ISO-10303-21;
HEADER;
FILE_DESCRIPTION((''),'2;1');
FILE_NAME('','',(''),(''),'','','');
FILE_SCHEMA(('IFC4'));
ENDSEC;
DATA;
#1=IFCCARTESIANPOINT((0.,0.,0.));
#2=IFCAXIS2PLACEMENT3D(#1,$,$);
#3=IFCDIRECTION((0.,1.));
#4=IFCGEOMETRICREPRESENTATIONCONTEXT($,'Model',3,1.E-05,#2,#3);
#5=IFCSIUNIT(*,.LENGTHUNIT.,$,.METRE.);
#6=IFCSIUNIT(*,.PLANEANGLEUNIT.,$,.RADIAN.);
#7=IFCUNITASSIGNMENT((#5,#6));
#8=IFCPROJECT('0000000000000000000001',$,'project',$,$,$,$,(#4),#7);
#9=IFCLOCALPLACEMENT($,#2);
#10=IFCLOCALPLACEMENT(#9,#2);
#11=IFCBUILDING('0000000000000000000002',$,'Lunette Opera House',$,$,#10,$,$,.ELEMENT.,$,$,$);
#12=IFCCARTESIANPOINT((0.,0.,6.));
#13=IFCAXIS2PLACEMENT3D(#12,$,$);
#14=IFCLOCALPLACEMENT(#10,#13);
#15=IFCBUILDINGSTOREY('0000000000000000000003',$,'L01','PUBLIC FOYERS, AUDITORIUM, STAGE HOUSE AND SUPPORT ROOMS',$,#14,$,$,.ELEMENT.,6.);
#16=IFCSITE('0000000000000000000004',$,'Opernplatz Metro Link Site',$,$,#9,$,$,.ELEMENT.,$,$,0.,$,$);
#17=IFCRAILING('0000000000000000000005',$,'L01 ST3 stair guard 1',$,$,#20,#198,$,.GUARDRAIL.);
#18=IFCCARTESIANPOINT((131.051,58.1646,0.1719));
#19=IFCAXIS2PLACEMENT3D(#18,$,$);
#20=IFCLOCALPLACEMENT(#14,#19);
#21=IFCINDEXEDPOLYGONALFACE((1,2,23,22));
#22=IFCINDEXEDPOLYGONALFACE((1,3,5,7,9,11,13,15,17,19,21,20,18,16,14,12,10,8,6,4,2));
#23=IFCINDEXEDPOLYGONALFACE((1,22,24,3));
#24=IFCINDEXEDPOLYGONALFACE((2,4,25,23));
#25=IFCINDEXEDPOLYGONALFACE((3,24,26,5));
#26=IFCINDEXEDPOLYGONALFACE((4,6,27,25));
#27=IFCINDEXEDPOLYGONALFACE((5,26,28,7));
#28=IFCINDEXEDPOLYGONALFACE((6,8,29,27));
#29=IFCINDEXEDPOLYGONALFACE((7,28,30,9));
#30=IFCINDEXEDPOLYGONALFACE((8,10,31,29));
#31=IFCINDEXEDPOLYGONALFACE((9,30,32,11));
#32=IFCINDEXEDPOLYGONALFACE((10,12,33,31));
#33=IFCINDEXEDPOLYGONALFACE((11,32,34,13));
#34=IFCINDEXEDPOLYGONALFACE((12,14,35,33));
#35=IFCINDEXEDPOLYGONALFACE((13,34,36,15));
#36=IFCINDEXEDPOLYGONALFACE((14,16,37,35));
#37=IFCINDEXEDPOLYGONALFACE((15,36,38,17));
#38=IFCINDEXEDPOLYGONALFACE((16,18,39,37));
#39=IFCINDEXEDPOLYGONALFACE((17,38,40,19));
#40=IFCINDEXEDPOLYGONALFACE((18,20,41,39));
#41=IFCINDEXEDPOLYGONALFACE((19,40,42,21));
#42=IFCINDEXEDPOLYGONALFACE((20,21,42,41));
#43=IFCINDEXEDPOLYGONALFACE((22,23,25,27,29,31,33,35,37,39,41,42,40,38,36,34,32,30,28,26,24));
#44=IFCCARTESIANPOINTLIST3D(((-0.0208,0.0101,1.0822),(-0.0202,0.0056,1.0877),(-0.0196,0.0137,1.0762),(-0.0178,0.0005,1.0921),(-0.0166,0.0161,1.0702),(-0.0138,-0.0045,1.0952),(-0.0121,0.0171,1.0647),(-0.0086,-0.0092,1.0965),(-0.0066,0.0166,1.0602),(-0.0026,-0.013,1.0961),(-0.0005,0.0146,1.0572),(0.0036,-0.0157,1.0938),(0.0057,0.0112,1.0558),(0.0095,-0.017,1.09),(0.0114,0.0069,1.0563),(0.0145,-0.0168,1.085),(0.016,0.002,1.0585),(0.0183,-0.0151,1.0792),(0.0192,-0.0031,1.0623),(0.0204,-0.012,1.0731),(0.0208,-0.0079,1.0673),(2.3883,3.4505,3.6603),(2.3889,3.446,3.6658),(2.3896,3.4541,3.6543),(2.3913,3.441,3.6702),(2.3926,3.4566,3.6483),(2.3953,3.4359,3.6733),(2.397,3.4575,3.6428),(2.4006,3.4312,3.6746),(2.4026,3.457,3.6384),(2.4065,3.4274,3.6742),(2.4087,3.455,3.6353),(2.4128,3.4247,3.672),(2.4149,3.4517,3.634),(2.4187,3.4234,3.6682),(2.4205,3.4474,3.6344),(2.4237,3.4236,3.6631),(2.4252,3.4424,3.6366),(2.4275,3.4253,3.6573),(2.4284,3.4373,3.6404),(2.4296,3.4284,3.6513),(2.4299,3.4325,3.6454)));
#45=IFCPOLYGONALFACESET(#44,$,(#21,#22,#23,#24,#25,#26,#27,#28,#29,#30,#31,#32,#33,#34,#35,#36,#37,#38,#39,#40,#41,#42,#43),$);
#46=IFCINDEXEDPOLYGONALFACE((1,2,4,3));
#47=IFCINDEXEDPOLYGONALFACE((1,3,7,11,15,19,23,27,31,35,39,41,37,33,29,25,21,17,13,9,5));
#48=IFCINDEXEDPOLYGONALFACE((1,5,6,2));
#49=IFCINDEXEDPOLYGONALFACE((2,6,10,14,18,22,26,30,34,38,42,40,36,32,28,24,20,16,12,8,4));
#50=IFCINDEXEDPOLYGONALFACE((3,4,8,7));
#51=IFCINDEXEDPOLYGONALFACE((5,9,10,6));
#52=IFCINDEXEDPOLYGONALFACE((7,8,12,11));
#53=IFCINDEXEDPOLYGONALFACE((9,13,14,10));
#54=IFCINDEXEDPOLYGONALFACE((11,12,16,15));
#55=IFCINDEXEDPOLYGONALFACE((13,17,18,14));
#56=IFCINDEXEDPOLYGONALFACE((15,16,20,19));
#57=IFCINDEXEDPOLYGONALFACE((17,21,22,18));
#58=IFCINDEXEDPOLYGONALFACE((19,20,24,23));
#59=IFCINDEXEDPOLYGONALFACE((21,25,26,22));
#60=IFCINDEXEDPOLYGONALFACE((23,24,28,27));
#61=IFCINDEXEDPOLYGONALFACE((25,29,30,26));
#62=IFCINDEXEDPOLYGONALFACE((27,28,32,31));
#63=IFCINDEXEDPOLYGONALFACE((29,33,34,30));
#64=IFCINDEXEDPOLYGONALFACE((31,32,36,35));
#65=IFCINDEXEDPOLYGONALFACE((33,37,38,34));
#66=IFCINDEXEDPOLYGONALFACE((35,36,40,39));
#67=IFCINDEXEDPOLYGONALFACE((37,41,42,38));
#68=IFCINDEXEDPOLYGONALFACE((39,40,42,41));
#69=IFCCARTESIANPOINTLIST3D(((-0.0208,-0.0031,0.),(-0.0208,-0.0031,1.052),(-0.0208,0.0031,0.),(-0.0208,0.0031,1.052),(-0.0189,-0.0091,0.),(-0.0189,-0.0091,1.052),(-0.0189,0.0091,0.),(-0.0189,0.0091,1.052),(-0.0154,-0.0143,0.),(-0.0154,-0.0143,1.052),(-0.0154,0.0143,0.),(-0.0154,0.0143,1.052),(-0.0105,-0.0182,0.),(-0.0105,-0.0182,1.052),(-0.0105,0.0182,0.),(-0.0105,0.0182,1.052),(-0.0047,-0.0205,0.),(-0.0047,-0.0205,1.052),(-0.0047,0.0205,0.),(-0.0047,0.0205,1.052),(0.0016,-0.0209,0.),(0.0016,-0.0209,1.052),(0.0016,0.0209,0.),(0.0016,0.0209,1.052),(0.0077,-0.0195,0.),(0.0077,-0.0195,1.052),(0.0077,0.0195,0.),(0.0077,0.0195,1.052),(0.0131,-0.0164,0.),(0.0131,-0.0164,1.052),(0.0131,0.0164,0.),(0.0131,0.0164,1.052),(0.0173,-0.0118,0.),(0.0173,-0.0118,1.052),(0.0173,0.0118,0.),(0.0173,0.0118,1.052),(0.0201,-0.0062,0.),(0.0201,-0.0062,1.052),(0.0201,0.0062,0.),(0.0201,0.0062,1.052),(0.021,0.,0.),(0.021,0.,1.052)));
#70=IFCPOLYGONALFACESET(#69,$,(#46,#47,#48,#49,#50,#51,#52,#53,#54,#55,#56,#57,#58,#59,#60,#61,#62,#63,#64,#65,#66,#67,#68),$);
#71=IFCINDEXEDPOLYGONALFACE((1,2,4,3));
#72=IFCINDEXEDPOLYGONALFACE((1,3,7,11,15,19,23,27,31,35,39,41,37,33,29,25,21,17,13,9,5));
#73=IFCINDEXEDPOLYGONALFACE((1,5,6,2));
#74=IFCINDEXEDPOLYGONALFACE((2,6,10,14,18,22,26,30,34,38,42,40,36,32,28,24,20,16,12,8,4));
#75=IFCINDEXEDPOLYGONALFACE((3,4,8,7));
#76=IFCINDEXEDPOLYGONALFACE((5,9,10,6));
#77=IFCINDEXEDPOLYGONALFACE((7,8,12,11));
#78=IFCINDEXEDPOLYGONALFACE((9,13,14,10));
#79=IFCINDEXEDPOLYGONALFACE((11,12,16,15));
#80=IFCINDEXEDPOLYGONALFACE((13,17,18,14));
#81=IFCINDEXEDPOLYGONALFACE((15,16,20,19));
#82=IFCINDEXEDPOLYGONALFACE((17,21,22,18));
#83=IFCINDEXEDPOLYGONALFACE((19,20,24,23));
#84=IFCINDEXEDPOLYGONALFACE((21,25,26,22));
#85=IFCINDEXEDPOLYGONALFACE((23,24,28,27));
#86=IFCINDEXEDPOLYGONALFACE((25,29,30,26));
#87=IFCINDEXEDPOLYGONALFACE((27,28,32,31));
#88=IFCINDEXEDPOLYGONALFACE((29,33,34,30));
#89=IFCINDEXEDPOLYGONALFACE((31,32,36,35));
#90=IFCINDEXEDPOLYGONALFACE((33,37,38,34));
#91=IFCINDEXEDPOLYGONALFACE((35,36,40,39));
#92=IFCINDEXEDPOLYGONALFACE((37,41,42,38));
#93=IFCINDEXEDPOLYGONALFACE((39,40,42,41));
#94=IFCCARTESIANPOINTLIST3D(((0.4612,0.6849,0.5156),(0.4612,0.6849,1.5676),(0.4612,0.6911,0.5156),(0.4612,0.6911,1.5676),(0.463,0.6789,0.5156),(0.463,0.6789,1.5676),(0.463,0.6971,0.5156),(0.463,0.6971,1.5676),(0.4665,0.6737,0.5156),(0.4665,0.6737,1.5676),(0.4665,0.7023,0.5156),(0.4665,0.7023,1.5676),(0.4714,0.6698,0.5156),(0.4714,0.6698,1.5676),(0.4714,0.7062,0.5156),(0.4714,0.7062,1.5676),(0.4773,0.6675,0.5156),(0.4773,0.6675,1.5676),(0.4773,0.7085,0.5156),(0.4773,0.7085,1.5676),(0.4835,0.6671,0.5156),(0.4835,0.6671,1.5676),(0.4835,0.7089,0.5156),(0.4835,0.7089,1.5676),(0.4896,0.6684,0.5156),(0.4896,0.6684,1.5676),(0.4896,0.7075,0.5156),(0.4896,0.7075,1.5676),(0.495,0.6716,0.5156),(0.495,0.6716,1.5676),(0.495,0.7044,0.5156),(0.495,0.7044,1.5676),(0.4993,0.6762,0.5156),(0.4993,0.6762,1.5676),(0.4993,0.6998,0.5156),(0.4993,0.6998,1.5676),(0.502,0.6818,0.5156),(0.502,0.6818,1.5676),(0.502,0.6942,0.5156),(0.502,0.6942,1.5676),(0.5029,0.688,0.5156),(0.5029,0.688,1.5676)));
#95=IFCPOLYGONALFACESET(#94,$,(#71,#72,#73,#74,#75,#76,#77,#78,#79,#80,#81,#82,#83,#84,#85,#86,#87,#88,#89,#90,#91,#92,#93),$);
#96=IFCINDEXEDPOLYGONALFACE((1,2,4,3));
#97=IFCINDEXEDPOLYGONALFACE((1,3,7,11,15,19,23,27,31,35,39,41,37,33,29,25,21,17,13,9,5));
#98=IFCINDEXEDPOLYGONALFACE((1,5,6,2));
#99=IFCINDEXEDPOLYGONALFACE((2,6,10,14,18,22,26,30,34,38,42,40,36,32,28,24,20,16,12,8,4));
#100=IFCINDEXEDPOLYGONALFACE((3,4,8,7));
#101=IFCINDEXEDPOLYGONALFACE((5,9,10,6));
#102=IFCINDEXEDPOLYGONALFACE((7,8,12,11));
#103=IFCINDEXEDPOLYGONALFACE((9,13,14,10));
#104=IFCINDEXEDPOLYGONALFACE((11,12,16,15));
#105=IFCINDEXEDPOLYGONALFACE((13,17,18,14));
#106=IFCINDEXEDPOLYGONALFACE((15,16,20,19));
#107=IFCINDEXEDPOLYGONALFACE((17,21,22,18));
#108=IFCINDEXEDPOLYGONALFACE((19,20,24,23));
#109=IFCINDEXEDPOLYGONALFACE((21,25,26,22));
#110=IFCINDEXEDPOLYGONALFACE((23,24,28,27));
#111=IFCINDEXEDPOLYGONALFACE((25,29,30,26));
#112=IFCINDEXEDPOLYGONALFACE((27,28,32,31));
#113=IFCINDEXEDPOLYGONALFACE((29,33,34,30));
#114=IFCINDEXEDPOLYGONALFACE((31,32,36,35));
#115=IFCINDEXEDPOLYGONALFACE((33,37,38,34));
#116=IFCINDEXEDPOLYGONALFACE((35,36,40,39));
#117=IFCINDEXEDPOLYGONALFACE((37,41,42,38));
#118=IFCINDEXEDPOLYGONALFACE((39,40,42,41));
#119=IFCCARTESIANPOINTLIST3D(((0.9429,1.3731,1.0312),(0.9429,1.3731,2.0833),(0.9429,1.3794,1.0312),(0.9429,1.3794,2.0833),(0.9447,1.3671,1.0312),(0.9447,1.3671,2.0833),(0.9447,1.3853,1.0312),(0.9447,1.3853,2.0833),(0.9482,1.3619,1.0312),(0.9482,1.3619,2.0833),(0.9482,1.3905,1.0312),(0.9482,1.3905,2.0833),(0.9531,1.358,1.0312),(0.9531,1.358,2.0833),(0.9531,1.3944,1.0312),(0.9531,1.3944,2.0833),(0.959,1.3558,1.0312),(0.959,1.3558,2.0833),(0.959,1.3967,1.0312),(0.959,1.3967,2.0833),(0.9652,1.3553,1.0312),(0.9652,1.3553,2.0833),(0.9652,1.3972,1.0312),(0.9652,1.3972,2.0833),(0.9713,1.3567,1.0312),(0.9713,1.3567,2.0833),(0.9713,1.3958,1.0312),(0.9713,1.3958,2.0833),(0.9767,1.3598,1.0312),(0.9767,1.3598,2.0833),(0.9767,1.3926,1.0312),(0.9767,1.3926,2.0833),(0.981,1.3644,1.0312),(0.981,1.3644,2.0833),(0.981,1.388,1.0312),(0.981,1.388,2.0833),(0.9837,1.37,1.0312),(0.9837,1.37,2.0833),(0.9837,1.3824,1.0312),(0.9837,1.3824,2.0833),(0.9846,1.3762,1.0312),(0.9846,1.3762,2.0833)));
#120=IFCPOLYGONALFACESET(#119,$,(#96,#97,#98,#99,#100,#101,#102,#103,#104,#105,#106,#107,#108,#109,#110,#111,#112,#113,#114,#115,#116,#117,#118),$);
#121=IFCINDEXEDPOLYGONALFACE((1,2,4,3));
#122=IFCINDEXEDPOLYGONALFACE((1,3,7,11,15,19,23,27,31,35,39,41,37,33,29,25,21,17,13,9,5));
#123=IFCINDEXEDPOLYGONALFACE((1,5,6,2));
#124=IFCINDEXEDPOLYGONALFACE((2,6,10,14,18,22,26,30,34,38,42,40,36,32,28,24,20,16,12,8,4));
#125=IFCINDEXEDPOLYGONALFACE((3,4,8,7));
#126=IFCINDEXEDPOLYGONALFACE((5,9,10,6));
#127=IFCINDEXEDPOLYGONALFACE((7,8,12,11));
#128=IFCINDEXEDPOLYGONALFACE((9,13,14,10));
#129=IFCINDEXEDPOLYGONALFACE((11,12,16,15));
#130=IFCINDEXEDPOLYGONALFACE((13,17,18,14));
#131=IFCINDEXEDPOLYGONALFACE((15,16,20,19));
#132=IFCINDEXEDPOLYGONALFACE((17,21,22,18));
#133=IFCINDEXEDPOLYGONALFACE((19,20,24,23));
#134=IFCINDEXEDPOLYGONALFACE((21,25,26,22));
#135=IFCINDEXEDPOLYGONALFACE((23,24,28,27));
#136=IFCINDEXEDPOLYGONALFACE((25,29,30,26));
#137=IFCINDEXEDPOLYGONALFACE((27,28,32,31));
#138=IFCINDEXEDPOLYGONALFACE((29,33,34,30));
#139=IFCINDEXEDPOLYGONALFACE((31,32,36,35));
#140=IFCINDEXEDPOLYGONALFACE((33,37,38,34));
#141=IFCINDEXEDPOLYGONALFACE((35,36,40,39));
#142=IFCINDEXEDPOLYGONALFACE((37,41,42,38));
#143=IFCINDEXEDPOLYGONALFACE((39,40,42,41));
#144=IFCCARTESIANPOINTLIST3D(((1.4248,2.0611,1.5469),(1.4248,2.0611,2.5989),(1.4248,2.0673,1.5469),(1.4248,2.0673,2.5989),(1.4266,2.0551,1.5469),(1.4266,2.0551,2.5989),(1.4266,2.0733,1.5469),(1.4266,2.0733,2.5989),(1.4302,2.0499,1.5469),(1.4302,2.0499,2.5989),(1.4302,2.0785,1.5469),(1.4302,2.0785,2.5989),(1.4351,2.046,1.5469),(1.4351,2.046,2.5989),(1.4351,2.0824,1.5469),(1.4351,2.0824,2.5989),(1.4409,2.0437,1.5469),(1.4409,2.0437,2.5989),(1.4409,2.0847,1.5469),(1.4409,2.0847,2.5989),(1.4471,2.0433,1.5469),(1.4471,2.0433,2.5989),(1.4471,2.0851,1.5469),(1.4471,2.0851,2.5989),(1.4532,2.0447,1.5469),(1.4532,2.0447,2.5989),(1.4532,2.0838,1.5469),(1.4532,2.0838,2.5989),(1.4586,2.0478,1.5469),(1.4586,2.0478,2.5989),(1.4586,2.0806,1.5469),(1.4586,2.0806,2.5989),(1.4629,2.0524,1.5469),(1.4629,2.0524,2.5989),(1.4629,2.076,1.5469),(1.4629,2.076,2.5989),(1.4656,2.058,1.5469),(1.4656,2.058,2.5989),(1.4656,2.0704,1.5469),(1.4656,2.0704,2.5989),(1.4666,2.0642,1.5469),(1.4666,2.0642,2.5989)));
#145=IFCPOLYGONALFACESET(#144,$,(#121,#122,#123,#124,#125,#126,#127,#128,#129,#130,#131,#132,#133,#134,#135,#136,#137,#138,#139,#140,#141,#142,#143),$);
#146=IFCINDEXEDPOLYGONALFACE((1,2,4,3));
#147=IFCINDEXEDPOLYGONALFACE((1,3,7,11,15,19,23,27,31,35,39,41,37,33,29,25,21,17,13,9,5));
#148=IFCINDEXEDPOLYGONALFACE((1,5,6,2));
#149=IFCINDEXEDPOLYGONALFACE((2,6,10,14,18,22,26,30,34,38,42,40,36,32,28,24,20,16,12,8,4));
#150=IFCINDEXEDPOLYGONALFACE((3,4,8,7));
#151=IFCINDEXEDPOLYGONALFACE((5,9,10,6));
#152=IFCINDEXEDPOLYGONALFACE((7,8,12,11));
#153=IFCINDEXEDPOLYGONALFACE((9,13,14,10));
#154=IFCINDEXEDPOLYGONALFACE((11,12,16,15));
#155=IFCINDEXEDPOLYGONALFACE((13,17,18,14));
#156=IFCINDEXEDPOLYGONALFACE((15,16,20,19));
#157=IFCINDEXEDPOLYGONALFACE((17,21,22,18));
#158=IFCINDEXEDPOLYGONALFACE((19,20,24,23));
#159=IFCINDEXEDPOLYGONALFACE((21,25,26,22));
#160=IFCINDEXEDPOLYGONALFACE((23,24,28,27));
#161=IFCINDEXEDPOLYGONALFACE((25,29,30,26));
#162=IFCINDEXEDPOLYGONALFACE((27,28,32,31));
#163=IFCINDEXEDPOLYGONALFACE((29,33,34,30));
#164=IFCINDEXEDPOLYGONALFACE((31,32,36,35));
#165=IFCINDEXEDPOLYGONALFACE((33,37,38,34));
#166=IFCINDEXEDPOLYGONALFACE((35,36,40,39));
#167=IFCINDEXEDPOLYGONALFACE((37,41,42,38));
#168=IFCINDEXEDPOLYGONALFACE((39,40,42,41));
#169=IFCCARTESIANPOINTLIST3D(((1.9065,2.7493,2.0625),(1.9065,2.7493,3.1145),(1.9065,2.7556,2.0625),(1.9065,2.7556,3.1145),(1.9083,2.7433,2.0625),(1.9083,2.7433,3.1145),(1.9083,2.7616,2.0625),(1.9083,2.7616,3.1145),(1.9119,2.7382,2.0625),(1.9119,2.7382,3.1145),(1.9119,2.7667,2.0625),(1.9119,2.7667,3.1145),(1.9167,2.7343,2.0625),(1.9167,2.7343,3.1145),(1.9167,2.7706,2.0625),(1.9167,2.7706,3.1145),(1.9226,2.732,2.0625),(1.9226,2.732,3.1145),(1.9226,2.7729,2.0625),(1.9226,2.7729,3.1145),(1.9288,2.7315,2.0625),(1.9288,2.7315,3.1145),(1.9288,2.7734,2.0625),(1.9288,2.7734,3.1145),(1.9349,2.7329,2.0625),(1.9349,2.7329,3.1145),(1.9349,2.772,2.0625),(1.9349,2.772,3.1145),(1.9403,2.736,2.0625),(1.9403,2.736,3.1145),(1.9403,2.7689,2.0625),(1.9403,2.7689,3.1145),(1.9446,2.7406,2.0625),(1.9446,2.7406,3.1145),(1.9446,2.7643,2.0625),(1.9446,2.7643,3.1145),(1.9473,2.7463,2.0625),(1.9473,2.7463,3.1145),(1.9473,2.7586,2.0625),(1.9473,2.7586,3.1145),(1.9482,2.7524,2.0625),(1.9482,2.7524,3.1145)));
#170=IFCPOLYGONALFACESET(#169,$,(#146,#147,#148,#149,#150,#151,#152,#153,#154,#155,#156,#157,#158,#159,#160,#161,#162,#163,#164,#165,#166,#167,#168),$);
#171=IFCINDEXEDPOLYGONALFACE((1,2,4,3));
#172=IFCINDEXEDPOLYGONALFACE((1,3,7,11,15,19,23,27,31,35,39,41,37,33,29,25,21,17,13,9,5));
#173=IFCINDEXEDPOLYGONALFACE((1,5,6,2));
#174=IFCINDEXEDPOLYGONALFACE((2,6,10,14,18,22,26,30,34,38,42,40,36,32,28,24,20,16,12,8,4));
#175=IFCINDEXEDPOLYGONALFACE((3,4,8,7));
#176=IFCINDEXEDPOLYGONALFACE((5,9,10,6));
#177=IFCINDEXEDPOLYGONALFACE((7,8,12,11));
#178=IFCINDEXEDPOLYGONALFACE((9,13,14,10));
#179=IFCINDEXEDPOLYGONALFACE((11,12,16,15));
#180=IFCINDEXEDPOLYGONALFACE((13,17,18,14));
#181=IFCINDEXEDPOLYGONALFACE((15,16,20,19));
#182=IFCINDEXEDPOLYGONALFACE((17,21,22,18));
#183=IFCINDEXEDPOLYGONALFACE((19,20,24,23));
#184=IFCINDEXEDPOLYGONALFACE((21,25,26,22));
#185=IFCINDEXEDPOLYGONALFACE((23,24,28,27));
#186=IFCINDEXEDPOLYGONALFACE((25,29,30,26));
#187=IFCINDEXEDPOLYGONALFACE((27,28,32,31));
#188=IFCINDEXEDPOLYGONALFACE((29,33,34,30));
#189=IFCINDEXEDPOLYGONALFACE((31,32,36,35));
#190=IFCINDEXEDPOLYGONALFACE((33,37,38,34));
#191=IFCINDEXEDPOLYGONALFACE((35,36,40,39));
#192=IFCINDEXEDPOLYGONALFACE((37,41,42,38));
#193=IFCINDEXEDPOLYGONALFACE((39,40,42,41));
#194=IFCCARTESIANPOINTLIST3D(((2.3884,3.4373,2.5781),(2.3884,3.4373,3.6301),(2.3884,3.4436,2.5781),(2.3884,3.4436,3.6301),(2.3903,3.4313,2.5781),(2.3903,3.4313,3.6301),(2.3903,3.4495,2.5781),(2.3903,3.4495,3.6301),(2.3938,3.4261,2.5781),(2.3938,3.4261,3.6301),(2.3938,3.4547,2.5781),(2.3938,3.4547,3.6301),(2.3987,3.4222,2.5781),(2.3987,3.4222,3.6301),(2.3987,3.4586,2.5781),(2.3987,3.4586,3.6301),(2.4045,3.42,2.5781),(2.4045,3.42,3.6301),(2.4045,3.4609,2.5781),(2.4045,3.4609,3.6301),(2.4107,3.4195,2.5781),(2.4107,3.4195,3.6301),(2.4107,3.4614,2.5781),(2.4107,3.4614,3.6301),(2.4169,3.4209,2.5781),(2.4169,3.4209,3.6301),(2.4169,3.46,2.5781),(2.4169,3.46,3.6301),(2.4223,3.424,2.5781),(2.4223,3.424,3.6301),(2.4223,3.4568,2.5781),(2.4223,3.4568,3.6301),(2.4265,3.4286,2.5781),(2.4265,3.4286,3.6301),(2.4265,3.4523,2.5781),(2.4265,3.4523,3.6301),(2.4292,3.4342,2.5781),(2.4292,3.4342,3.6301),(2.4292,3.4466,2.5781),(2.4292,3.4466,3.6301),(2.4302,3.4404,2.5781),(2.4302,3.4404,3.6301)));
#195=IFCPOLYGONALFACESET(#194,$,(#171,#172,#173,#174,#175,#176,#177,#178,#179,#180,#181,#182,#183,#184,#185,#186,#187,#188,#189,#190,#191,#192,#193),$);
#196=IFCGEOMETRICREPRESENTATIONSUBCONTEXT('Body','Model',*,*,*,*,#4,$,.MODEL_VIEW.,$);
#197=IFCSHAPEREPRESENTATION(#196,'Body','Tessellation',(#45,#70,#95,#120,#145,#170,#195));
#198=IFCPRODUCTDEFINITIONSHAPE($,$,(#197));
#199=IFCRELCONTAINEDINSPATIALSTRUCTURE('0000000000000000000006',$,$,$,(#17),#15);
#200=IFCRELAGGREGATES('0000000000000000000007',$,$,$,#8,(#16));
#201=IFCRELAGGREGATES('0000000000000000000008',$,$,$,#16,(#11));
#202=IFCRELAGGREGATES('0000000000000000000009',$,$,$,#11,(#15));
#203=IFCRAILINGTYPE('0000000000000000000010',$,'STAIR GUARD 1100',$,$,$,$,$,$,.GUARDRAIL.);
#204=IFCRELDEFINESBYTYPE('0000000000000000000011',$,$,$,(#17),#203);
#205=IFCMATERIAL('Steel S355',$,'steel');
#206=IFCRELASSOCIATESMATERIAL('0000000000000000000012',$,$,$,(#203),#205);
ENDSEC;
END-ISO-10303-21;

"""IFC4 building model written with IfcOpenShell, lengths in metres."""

from ifc_helpers import new_model, si_unit, direction, frame, origin, origin_2d, place, context, subcontext, project, spatial, circle, extrude, material, type_object, element, save


model = new_model("IFC4")

# Units and contexts
model_context = context("Model", 3, precision=1e-05, world=origin(), true_north=direction((0.0, 1.0)))
body_context = subcontext(model_context, "Body", "Model", "MODEL_VIEW")
ifc_project = project(units=[si_unit("LENGTHUNIT", "METRE"), si_unit("PLANEANGLEUNIT", "RADIAN")], contexts=[model_context])

# Site, building, storey
site_placement = place(None, origin())
site = spatial("IfcSite", under=ifc_project, at=site_placement, Name="Opernplatz Metro Link Site", CompositionType="ELEMENT", RefElevation=0.0)
building_placement = place(site_placement, origin())
building = spatial("IfcBuilding", under=site, at=building_placement, Name="Lunette Opera House", CompositionType="ELEMENT")
storey_placement = place(building_placement, frame((0.0, 0.0, 6.0)))
storey = spatial("IfcBuildingStorey", under=building, at=storey_placement, Name="L01", Description="PUBLIC FOYERS, AUDITORIUM, STAGE HOUSE AND SUPPORT ROOMS", CompositionType="ELEMENT", Elevation=6.0)

# Railing
ifc_material_1 = material(Name="Steel S355", Category="steel")
railing_type_1 = type_object("IfcRailingType", Name="STAIR GUARD 1100", PredefinedType="GUARDRAIL", material=ifc_material_1)
railing_1_placement = place(storey_placement, frame((131.051, 58.1646, 0.1719)))
element("IfcRailing", 1, at=railing_1_placement, inside=storey, type_object=railing_type_1, Name="L01 ST3 stair guard 1", PredefinedType="GUARDRAIL", context=body_context, shape_type="SweptSolid", body=[
    extrude(circle(Radius=0.0239, at=origin_2d()), frame((0.0, 0.0, 1.0762), z_axis=(0.488853, 0.698107, 0.523134), x_axis=(-0.819134, 0.573603, 0.0)), (0.0, 0.0, 1.0), 4.9282),
    extrude(circle(Radius=0.021, at=origin_2d()), origin(), (0.0, 0.0, 1.0), 1.052),
    extrude(circle(Radius=0.021, at=origin_2d()), frame((0.4819, 0.688, 0.5156)), (0.0, 0.0, 1.0), 1.052),
    extrude(circle(Radius=0.021, at=origin_2d()), frame((0.9636, 1.3762, 1.0312)), (0.0, 0.0, 1.0), 1.052),
    extrude(circle(Radius=0.021, at=origin_2d()), frame((1.4456, 2.0642, 1.5469)), (0.0, 0.0, 1.0), 1.052),
    extrude(circle(Radius=0.021, at=origin_2d()), frame((1.9272, 2.7524, 2.0625)), (0.0, 0.0, 1.0), 1.052),
    extrude(circle(Radius=0.021, at=origin_2d()), frame((2.4092, 3.4404, 2.5781)), (0.0, 0.0, 1.0), 1.052),
])

save(model, "model.ifc")
